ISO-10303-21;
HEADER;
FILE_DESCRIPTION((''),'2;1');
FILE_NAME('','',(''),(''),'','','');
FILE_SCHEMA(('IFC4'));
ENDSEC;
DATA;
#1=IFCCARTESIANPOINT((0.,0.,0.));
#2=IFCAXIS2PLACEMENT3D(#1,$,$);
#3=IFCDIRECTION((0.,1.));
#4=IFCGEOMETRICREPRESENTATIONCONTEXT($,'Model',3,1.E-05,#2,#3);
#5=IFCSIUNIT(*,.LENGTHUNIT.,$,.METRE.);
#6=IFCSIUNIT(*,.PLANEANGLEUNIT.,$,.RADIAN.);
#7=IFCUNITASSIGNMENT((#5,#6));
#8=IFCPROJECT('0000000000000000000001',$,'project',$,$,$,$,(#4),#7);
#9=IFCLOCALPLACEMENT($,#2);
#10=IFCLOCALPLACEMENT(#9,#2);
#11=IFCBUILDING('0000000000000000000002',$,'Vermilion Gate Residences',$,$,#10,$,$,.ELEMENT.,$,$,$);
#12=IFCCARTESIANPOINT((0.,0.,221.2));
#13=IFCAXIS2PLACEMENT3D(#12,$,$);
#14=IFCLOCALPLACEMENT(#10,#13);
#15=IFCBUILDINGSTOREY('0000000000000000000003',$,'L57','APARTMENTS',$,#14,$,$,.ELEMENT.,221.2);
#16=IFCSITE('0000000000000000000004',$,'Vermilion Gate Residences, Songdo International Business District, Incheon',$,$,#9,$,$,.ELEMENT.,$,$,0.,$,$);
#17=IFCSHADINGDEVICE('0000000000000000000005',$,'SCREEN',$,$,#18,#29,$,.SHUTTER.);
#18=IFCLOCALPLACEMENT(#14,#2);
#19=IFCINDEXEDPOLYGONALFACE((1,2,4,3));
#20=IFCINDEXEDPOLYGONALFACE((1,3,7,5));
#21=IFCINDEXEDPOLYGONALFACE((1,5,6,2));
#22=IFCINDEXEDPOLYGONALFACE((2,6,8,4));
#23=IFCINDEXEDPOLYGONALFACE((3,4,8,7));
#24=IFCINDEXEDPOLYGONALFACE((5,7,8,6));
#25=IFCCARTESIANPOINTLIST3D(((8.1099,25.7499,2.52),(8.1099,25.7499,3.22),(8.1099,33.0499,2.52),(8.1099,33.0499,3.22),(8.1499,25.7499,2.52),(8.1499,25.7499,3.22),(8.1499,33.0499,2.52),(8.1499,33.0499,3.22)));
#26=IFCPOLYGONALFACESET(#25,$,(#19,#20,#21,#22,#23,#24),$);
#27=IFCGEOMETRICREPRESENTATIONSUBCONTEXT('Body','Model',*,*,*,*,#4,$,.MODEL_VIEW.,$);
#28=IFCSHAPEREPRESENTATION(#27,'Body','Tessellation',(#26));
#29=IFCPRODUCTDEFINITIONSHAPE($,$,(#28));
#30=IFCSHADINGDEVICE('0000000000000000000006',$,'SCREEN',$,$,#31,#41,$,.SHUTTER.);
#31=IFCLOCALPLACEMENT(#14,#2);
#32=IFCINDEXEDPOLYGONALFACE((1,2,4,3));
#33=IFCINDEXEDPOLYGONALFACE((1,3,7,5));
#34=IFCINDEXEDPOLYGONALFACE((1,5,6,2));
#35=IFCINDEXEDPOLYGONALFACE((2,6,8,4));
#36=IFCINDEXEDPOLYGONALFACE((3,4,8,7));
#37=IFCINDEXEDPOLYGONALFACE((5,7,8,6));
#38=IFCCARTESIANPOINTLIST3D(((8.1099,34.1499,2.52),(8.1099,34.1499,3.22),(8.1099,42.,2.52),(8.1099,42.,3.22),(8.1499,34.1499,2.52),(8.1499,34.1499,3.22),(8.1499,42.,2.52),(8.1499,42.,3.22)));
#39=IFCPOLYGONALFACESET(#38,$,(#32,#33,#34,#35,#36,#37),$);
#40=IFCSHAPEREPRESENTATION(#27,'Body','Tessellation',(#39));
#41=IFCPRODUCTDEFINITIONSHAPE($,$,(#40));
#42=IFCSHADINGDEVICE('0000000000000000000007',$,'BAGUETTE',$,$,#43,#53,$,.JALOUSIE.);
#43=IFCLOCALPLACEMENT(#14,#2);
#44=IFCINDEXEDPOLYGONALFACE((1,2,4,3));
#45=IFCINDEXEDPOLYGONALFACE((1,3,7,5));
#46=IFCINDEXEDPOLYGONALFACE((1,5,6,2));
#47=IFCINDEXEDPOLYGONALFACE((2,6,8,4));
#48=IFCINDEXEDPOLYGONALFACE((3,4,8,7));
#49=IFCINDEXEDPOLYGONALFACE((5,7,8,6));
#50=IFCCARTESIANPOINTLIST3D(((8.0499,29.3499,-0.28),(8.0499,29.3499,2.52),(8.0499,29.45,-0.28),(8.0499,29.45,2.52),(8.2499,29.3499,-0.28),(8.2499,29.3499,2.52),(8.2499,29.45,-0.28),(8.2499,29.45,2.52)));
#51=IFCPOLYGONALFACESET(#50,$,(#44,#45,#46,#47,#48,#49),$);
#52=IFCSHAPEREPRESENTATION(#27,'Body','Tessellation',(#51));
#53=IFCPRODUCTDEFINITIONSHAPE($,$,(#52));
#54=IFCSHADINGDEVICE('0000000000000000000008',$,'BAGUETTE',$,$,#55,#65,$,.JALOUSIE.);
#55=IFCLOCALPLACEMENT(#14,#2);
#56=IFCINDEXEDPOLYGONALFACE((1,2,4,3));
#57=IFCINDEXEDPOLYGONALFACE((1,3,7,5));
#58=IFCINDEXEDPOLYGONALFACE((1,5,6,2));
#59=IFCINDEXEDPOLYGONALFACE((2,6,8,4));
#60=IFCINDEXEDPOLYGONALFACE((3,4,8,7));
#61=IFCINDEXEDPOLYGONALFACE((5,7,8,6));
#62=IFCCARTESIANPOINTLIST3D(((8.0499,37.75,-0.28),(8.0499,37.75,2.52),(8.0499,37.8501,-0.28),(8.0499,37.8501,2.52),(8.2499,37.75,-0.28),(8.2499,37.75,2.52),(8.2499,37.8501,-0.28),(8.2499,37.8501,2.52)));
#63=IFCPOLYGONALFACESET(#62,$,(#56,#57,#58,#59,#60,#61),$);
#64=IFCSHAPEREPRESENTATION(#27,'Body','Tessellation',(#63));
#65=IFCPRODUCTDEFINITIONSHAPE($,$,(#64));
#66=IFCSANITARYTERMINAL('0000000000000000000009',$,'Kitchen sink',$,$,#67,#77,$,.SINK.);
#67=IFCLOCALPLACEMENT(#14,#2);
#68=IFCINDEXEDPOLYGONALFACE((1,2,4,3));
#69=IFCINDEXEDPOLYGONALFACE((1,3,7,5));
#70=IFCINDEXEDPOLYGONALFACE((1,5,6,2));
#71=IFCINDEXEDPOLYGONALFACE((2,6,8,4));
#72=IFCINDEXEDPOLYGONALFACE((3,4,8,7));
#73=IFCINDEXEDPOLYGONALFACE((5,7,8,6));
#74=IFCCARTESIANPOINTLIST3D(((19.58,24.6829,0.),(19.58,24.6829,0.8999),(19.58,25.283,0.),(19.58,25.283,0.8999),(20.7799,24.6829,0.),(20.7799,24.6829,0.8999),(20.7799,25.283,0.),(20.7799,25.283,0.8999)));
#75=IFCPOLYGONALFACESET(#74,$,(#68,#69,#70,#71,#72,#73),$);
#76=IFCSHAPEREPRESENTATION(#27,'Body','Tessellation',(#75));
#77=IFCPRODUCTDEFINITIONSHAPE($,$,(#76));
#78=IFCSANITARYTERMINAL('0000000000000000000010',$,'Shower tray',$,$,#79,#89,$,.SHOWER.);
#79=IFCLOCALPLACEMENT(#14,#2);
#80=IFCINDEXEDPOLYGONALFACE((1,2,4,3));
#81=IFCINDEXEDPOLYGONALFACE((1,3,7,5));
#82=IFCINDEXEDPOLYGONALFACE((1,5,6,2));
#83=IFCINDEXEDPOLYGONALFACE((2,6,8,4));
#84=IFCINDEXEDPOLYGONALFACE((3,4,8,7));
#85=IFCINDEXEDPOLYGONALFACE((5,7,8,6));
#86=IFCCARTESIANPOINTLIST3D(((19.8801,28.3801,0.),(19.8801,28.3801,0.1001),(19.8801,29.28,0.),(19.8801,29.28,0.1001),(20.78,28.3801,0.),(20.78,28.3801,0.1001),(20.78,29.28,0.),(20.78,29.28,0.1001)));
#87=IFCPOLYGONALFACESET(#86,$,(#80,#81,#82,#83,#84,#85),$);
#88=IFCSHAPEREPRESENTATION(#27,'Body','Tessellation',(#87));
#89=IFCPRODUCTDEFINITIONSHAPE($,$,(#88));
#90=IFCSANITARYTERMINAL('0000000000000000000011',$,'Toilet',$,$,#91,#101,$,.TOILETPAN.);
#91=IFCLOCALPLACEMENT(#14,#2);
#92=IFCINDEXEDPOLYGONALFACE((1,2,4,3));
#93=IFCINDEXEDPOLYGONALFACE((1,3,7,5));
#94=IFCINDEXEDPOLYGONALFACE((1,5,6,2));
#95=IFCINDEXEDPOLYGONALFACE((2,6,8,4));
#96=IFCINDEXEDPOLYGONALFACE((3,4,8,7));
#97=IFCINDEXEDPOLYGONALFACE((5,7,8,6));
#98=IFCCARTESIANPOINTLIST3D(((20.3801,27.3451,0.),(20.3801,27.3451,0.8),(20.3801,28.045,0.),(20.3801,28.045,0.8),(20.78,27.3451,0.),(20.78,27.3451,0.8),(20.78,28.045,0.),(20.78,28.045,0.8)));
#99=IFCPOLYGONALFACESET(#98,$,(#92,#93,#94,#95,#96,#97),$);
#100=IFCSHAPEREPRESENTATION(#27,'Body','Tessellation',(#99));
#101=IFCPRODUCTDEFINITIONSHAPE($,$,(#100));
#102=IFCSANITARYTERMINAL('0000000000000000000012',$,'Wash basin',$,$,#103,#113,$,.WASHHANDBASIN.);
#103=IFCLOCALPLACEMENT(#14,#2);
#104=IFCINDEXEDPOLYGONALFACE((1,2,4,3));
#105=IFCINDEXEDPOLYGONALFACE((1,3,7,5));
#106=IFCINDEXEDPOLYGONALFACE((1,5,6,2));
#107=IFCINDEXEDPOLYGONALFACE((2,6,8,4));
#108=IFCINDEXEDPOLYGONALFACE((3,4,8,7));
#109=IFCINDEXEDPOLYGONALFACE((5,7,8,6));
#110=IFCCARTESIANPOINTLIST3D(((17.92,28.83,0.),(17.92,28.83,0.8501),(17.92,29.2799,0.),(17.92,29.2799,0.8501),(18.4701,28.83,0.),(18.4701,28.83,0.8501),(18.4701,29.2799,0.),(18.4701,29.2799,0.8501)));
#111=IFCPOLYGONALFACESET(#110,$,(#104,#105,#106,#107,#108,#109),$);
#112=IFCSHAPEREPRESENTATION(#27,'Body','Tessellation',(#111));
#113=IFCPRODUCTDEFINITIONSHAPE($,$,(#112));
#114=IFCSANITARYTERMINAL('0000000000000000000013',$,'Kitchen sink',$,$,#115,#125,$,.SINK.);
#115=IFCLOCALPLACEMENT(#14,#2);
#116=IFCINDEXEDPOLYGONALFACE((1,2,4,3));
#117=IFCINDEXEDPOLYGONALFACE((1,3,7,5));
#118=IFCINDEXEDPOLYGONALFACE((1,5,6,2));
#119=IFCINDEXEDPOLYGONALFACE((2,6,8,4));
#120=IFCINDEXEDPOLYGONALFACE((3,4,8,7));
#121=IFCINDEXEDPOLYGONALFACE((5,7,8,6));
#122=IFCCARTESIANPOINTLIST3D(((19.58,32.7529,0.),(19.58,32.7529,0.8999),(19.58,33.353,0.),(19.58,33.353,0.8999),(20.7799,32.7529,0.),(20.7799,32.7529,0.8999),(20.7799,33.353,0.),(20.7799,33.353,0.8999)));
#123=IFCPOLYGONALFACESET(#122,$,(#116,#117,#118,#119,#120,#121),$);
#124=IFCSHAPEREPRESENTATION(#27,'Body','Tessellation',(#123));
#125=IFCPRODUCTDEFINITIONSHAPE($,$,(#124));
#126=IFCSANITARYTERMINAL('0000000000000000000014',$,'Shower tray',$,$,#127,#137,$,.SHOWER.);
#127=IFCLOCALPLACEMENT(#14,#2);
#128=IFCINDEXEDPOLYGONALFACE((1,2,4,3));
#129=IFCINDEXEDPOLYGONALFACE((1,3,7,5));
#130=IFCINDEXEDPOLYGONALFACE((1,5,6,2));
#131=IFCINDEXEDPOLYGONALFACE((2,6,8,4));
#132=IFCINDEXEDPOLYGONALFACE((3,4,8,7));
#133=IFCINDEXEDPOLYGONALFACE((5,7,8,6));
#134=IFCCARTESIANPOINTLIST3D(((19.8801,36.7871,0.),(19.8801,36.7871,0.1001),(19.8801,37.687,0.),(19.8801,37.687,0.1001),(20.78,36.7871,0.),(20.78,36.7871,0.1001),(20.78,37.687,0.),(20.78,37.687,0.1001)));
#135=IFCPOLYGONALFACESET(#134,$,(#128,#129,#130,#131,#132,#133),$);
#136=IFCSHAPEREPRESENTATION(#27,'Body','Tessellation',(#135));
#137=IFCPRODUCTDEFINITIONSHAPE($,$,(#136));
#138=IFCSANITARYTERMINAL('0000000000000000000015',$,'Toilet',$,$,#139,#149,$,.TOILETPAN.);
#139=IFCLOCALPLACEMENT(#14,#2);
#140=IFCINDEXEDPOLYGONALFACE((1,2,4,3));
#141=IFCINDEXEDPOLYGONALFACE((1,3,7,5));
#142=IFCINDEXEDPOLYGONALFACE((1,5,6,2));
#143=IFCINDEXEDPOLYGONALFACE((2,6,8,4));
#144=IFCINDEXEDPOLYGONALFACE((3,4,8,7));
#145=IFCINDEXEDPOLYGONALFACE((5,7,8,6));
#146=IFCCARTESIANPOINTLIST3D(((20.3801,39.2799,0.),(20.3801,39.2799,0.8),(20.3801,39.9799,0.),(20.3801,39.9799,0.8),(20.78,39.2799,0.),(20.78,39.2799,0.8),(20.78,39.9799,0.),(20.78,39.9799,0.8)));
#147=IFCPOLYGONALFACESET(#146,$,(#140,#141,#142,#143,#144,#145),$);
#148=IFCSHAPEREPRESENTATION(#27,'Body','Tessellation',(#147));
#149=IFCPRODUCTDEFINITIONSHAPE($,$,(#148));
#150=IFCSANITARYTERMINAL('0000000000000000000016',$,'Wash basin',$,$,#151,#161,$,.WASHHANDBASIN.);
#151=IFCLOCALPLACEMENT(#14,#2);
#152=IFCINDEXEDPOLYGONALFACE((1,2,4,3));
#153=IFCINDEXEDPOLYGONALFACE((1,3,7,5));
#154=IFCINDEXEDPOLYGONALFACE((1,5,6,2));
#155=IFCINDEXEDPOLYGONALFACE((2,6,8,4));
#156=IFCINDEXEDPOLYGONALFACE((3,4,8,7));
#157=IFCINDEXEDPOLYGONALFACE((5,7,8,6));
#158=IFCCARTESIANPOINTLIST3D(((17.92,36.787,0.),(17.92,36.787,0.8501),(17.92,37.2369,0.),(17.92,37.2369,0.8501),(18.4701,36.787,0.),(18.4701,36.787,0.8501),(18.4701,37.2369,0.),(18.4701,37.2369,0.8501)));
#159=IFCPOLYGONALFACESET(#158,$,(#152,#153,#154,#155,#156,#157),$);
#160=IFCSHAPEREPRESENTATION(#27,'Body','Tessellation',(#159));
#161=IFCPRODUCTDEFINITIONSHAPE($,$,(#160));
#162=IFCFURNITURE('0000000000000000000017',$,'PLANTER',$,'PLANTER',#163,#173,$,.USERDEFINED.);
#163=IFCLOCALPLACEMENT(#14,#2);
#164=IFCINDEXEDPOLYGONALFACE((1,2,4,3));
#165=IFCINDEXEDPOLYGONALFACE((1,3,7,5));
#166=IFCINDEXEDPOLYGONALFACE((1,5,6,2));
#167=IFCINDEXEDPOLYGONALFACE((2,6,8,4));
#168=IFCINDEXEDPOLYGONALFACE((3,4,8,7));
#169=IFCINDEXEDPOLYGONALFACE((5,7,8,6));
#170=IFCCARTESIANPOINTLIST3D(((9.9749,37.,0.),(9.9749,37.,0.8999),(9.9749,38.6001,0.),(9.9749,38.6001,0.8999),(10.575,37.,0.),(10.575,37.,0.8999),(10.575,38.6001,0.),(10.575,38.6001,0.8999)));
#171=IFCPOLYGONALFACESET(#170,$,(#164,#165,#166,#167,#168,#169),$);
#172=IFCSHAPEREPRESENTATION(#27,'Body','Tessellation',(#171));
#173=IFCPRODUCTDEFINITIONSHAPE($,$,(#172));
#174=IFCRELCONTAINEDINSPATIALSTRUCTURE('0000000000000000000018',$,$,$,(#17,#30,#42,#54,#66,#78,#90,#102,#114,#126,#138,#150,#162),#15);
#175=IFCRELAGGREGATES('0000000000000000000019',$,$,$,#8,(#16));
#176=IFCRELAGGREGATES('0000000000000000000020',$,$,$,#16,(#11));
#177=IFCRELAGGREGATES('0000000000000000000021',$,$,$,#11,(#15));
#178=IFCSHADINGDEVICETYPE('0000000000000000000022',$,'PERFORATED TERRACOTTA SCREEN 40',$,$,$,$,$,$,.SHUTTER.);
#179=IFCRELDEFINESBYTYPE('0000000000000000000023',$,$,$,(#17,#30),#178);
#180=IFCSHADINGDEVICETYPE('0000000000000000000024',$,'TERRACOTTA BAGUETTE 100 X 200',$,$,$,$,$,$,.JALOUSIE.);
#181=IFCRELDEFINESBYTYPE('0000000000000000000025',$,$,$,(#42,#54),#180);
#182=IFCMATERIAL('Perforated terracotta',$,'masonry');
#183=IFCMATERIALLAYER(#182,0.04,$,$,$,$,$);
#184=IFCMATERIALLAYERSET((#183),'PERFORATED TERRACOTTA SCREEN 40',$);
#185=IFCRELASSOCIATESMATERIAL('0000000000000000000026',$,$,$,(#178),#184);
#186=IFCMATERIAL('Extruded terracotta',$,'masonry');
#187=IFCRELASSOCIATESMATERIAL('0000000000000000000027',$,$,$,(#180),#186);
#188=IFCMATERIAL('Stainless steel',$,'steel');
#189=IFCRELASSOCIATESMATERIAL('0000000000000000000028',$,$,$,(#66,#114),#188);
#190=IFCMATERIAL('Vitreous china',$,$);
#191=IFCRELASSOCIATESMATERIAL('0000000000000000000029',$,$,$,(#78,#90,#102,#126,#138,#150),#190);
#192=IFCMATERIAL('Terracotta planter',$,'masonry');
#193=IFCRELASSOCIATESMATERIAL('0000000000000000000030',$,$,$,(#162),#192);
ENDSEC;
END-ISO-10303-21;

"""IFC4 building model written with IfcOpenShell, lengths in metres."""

from ifc_helpers import new_model, si_unit, direction, frame, origin, origin_2d, place, context, subcontext, project, spatial, rectangle, extrude, material, layer, layer_set, material_profile, profile_set, type_object, element, save


model = new_model("IFC4")

# Units and contexts
model_context = context("Model", 3, precision=1e-05, world=origin(), true_north=direction((0.0, 1.0)))
body_context = subcontext(model_context, "Body", "Model", "MODEL_VIEW")
ifc_project = project(units=[si_unit("LENGTHUNIT", "METRE"), si_unit("PLANEANGLEUNIT", "RADIAN")], contexts=[model_context])

# Site, building, storey
site_placement = place(None, origin())
site = spatial("IfcSite", under=ifc_project, at=site_placement, Name="Vermilion Gate Residences, Songdo International Business District, Incheon", CompositionType="ELEMENT", RefElevation=0.0)
building_placement = place(site_placement, origin())
building = spatial("IfcBuilding", under=site, at=building_placement, Name="Vermilion Gate Residences", CompositionType="ELEMENT")
storey_placement = place(building_placement, frame((0.0, 0.0, 221.2)))
storey = spatial("IfcBuildingStorey", under=building, at=storey_placement, Name="L57", Description="APARTMENTS", CompositionType="ELEMENT", Elevation=221.2)

# Shading devices
ifc_material_1 = material(Name="Perforated terracotta", Category="masonry")
ifc_layer_1 = layer(ifc_material_1, 0.04)
ifc_layer_set_1 = layer_set([ifc_layer_1], Name="PERFORATED TERRACOTTA SCREEN 40")
shading_device_type_1 = type_object("IfcShadingDeviceType", Name="PERFORATED TERRACOTTA SCREEN 40", PredefinedType="SHUTTER", material=ifc_layer_set_1)
shading_device_1_placement = place(storey_placement, frame((8.1299, 29.3999, 2.52), z_axis=(0.0, 0.0, 1.0), x_axis=(0.0, -1.0, 0.0)))
element("IfcShadingDevice", 1, at=shading_device_1_placement, inside=storey, type_object=shading_device_type_1, Name="SCREEN", PredefinedType="SHUTTER", context=body_context, shape_type="SweptSolid", body=[
    extrude(rectangle(XDim=7.3, YDim=0.04, at=origin_2d()), origin(), (0.0, 0.0, 1.0), 0.7),
])
shading_device_2_placement = place(storey_placement, frame((8.1299, 38.075, 2.52), z_axis=(0.0, 0.0, 1.0), x_axis=(0.0, -1.0, 0.0)))
element("IfcShadingDevice", 2, at=shading_device_2_placement, inside=storey, type_object=shading_device_type_1, Name="SCREEN", PredefinedType="SHUTTER", context=body_context, shape_type="SweptSolid", body=[
    extrude(rectangle(XDim=7.8501, YDim=0.04, at=origin_2d()), origin(), (0.0, 0.0, 1.0), 0.7),
])
ifc_material_2 = material(Name="Extruded terracotta", Category="masonry")
ifc_material_profile_1 = material_profile(ifc_material_2, rectangle(XDim=0.2, YDim=0.1001, at=origin_2d()), Name="BAGUETTE 100 X 200")
ifc_profile_set_1 = profile_set([ifc_material_profile_1], Name="Extruded terracotta")
shading_device_type_2 = type_object("IfcShadingDeviceType", Name="TERRACOTTA BAGUETTE 100 X 200", PredefinedType="JALOUSIE", material=ifc_profile_set_1)
for number, where, z_axis, x_axis, name in (
    (3, (8.1499, 29.3999, -0.28), (0.0, 0.0, 1.0), (1.0, 0.0, 0.0), "BAGUETTE"),
    (4, (8.1499, 37.8, -0.28), (0.0, 0.0, 1.0), (1.0, 0.0, 0.0), "BAGUETTE"),
):
    element("IfcShadingDevice", number, at=place(storey_placement, frame(where, z_axis=z_axis, x_axis=x_axis)), inside=storey, type_object=shading_device_type_2, Name=name, PredefinedType="JALOUSIE", context=body_context, shape_type="SweptSolid", body=[
        extrude(rectangle(XDim=0.2, YDim=0.1001, at=origin_2d()), origin(), (0.0, 0.0, 1.0), 2.8),
    ])

# Sanitary terminals
ifc_material_3 = material(Name="Stainless steel", Category="steel")
sanitary_terminal_1_placement = place(storey_placement, frame((20.1799, 24.9829, 0.0), z_axis=(0.0, 0.0, 1.0), x_axis=(1.0, 0.0, 0.0)))
element("IfcSanitaryTerminal", 5, at=sanitary_terminal_1_placement, inside=storey, material=ifc_material_3, Name="Kitchen sink", PredefinedType="SINK", context=body_context, shape_type="SweptSolid", body=[
    extrude(rectangle(XDim=1.2, YDim=0.6001, at=origin_2d()), origin(), (0.0, 0.0, 1.0), 0.8999),
])
ifc_material_4 = material(Name="Vitreous china")
sanitary_terminal_2_placement = place(storey_placement, frame((20.3301, 28.8301, 0.0), z_axis=(0.0, 0.0, 1.0), x_axis=(1.0, 0.0, 0.0)))
element("IfcSanitaryTerminal", 6, at=sanitary_terminal_2_placement, inside=storey, material=ifc_material_4, Name="Shower tray", PredefinedType="SHOWER", context=body_context, shape_type="SweptSolid", body=[
    extrude(rectangle(XDim=0.8999, YDim=0.8999, at=origin_2d()), origin(), (0.0, 0.0, 1.0), 0.1001),
])
sanitary_terminal_3_placement = place(storey_placement, frame((20.5801, 27.6951, 0.0), z_axis=(0.0, 0.0, 1.0), x_axis=(1.0, 0.0, 0.0)))
element("IfcSanitaryTerminal", 7, at=sanitary_terminal_3_placement, inside=storey, material=ifc_material_4, Name="Toilet", PredefinedType="TOILETPAN", context=body_context, shape_type="SweptSolid", body=[
    extrude(rectangle(XDim=0.3999, YDim=0.7, at=origin_2d()), origin(), (0.0, 0.0, 1.0), 0.8),
])
sanitary_terminal_4_placement = place(storey_placement, frame((18.1951, 29.0549, 0.0), z_axis=(0.0, 0.0, 1.0), x_axis=(1.0, 0.0, 0.0)))
element("IfcSanitaryTerminal", 8, at=sanitary_terminal_4_placement, inside=storey, material=ifc_material_4, Name="Wash basin", PredefinedType="WASHHANDBASIN", context=body_context, shape_type="SweptSolid", body=[
    extrude(rectangle(XDim=0.55, YDim=0.45, at=origin_2d()), origin(), (0.0, 0.0, 1.0), 0.8501),
])
sanitary_terminal_5_placement = place(storey_placement, frame((20.1799, 33.053, 0.0), z_axis=(0.0, 0.0, 1.0), x_axis=(1.0, 0.0, 0.0)))
element("IfcSanitaryTerminal", 9, at=sanitary_terminal_5_placement, inside=storey, material=ifc_material_3, Name="Kitchen sink", PredefinedType="SINK", context=body_context, shape_type="SweptSolid", body=[
    extrude(rectangle(XDim=1.2, YDim=0.6001, at=origin_2d()), origin(), (0.0, 0.0, 1.0), 0.8999),
])
sanitary_terminal_6_placement = place(storey_placement, frame((20.3301, 37.2371, 0.0), z_axis=(0.0, 0.0, 1.0), x_axis=(1.0, 0.0, 0.0)))
element("IfcSanitaryTerminal", 10, at=sanitary_terminal_6_placement, inside=storey, material=ifc_material_4, Name="Shower tray", PredefinedType="SHOWER", context=body_context, shape_type="SweptSolid", body=[
    extrude(rectangle(XDim=0.8999, YDim=0.8999, at=origin_2d()), origin(), (0.0, 0.0, 1.0), 0.1001),
])
sanitary_terminal_7_placement = place(storey_placement, frame((20.5801, 39.6299, 0.0), z_axis=(0.0, 0.0, 1.0), x_axis=(1.0, 0.0, 0.0)))
element("IfcSanitaryTerminal", 11, at=sanitary_terminal_7_placement, inside=storey, material=ifc_material_4, Name="Toilet", PredefinedType="TOILETPAN", context=body_context, shape_type="SweptSolid", body=[
    extrude(rectangle(XDim=0.3999, YDim=0.7, at=origin_2d()), origin(), (0.0, 0.0, 1.0), 0.8),
])
sanitary_terminal_8_placement = place(storey_placement, frame((18.1951, 37.012, 0.0), z_axis=(0.0, 0.0, 1.0), x_axis=(1.0, 0.0, 0.0)))
element("IfcSanitaryTerminal", 12, at=sanitary_terminal_8_placement, inside=storey, material=ifc_material_4, Name="Wash basin", PredefinedType="WASHHANDBASIN", context=body_context, shape_type="SweptSolid", body=[
    extrude(rectangle(XDim=0.55, YDim=0.45, at=origin_2d()), origin(), (0.0, 0.0, 1.0), 0.8501),
])

# Furniture
ifc_material_5 = material(Name="Terracotta planter", Category="masonry")
furniture_placement = place(storey_placement, frame((10.2749, 37.8, 0.0), z_axis=(0.0, 0.0, 1.0), x_axis=(0.0, -1.0, 0.0)))
element("IfcFurniture", 13, at=furniture_placement, inside=storey, material=ifc_material_5, Name="PLANTER", ObjectType="PLANTER", PredefinedType="USERDEFINED", context=body_context, shape_type="SweptSolid", body=[
    extrude(rectangle(XDim=1.6001, YDim=0.6001, at=origin_2d()), origin(), (0.0, 0.0, 1.0), 0.8999),
])

save(model, "model.ifc")
